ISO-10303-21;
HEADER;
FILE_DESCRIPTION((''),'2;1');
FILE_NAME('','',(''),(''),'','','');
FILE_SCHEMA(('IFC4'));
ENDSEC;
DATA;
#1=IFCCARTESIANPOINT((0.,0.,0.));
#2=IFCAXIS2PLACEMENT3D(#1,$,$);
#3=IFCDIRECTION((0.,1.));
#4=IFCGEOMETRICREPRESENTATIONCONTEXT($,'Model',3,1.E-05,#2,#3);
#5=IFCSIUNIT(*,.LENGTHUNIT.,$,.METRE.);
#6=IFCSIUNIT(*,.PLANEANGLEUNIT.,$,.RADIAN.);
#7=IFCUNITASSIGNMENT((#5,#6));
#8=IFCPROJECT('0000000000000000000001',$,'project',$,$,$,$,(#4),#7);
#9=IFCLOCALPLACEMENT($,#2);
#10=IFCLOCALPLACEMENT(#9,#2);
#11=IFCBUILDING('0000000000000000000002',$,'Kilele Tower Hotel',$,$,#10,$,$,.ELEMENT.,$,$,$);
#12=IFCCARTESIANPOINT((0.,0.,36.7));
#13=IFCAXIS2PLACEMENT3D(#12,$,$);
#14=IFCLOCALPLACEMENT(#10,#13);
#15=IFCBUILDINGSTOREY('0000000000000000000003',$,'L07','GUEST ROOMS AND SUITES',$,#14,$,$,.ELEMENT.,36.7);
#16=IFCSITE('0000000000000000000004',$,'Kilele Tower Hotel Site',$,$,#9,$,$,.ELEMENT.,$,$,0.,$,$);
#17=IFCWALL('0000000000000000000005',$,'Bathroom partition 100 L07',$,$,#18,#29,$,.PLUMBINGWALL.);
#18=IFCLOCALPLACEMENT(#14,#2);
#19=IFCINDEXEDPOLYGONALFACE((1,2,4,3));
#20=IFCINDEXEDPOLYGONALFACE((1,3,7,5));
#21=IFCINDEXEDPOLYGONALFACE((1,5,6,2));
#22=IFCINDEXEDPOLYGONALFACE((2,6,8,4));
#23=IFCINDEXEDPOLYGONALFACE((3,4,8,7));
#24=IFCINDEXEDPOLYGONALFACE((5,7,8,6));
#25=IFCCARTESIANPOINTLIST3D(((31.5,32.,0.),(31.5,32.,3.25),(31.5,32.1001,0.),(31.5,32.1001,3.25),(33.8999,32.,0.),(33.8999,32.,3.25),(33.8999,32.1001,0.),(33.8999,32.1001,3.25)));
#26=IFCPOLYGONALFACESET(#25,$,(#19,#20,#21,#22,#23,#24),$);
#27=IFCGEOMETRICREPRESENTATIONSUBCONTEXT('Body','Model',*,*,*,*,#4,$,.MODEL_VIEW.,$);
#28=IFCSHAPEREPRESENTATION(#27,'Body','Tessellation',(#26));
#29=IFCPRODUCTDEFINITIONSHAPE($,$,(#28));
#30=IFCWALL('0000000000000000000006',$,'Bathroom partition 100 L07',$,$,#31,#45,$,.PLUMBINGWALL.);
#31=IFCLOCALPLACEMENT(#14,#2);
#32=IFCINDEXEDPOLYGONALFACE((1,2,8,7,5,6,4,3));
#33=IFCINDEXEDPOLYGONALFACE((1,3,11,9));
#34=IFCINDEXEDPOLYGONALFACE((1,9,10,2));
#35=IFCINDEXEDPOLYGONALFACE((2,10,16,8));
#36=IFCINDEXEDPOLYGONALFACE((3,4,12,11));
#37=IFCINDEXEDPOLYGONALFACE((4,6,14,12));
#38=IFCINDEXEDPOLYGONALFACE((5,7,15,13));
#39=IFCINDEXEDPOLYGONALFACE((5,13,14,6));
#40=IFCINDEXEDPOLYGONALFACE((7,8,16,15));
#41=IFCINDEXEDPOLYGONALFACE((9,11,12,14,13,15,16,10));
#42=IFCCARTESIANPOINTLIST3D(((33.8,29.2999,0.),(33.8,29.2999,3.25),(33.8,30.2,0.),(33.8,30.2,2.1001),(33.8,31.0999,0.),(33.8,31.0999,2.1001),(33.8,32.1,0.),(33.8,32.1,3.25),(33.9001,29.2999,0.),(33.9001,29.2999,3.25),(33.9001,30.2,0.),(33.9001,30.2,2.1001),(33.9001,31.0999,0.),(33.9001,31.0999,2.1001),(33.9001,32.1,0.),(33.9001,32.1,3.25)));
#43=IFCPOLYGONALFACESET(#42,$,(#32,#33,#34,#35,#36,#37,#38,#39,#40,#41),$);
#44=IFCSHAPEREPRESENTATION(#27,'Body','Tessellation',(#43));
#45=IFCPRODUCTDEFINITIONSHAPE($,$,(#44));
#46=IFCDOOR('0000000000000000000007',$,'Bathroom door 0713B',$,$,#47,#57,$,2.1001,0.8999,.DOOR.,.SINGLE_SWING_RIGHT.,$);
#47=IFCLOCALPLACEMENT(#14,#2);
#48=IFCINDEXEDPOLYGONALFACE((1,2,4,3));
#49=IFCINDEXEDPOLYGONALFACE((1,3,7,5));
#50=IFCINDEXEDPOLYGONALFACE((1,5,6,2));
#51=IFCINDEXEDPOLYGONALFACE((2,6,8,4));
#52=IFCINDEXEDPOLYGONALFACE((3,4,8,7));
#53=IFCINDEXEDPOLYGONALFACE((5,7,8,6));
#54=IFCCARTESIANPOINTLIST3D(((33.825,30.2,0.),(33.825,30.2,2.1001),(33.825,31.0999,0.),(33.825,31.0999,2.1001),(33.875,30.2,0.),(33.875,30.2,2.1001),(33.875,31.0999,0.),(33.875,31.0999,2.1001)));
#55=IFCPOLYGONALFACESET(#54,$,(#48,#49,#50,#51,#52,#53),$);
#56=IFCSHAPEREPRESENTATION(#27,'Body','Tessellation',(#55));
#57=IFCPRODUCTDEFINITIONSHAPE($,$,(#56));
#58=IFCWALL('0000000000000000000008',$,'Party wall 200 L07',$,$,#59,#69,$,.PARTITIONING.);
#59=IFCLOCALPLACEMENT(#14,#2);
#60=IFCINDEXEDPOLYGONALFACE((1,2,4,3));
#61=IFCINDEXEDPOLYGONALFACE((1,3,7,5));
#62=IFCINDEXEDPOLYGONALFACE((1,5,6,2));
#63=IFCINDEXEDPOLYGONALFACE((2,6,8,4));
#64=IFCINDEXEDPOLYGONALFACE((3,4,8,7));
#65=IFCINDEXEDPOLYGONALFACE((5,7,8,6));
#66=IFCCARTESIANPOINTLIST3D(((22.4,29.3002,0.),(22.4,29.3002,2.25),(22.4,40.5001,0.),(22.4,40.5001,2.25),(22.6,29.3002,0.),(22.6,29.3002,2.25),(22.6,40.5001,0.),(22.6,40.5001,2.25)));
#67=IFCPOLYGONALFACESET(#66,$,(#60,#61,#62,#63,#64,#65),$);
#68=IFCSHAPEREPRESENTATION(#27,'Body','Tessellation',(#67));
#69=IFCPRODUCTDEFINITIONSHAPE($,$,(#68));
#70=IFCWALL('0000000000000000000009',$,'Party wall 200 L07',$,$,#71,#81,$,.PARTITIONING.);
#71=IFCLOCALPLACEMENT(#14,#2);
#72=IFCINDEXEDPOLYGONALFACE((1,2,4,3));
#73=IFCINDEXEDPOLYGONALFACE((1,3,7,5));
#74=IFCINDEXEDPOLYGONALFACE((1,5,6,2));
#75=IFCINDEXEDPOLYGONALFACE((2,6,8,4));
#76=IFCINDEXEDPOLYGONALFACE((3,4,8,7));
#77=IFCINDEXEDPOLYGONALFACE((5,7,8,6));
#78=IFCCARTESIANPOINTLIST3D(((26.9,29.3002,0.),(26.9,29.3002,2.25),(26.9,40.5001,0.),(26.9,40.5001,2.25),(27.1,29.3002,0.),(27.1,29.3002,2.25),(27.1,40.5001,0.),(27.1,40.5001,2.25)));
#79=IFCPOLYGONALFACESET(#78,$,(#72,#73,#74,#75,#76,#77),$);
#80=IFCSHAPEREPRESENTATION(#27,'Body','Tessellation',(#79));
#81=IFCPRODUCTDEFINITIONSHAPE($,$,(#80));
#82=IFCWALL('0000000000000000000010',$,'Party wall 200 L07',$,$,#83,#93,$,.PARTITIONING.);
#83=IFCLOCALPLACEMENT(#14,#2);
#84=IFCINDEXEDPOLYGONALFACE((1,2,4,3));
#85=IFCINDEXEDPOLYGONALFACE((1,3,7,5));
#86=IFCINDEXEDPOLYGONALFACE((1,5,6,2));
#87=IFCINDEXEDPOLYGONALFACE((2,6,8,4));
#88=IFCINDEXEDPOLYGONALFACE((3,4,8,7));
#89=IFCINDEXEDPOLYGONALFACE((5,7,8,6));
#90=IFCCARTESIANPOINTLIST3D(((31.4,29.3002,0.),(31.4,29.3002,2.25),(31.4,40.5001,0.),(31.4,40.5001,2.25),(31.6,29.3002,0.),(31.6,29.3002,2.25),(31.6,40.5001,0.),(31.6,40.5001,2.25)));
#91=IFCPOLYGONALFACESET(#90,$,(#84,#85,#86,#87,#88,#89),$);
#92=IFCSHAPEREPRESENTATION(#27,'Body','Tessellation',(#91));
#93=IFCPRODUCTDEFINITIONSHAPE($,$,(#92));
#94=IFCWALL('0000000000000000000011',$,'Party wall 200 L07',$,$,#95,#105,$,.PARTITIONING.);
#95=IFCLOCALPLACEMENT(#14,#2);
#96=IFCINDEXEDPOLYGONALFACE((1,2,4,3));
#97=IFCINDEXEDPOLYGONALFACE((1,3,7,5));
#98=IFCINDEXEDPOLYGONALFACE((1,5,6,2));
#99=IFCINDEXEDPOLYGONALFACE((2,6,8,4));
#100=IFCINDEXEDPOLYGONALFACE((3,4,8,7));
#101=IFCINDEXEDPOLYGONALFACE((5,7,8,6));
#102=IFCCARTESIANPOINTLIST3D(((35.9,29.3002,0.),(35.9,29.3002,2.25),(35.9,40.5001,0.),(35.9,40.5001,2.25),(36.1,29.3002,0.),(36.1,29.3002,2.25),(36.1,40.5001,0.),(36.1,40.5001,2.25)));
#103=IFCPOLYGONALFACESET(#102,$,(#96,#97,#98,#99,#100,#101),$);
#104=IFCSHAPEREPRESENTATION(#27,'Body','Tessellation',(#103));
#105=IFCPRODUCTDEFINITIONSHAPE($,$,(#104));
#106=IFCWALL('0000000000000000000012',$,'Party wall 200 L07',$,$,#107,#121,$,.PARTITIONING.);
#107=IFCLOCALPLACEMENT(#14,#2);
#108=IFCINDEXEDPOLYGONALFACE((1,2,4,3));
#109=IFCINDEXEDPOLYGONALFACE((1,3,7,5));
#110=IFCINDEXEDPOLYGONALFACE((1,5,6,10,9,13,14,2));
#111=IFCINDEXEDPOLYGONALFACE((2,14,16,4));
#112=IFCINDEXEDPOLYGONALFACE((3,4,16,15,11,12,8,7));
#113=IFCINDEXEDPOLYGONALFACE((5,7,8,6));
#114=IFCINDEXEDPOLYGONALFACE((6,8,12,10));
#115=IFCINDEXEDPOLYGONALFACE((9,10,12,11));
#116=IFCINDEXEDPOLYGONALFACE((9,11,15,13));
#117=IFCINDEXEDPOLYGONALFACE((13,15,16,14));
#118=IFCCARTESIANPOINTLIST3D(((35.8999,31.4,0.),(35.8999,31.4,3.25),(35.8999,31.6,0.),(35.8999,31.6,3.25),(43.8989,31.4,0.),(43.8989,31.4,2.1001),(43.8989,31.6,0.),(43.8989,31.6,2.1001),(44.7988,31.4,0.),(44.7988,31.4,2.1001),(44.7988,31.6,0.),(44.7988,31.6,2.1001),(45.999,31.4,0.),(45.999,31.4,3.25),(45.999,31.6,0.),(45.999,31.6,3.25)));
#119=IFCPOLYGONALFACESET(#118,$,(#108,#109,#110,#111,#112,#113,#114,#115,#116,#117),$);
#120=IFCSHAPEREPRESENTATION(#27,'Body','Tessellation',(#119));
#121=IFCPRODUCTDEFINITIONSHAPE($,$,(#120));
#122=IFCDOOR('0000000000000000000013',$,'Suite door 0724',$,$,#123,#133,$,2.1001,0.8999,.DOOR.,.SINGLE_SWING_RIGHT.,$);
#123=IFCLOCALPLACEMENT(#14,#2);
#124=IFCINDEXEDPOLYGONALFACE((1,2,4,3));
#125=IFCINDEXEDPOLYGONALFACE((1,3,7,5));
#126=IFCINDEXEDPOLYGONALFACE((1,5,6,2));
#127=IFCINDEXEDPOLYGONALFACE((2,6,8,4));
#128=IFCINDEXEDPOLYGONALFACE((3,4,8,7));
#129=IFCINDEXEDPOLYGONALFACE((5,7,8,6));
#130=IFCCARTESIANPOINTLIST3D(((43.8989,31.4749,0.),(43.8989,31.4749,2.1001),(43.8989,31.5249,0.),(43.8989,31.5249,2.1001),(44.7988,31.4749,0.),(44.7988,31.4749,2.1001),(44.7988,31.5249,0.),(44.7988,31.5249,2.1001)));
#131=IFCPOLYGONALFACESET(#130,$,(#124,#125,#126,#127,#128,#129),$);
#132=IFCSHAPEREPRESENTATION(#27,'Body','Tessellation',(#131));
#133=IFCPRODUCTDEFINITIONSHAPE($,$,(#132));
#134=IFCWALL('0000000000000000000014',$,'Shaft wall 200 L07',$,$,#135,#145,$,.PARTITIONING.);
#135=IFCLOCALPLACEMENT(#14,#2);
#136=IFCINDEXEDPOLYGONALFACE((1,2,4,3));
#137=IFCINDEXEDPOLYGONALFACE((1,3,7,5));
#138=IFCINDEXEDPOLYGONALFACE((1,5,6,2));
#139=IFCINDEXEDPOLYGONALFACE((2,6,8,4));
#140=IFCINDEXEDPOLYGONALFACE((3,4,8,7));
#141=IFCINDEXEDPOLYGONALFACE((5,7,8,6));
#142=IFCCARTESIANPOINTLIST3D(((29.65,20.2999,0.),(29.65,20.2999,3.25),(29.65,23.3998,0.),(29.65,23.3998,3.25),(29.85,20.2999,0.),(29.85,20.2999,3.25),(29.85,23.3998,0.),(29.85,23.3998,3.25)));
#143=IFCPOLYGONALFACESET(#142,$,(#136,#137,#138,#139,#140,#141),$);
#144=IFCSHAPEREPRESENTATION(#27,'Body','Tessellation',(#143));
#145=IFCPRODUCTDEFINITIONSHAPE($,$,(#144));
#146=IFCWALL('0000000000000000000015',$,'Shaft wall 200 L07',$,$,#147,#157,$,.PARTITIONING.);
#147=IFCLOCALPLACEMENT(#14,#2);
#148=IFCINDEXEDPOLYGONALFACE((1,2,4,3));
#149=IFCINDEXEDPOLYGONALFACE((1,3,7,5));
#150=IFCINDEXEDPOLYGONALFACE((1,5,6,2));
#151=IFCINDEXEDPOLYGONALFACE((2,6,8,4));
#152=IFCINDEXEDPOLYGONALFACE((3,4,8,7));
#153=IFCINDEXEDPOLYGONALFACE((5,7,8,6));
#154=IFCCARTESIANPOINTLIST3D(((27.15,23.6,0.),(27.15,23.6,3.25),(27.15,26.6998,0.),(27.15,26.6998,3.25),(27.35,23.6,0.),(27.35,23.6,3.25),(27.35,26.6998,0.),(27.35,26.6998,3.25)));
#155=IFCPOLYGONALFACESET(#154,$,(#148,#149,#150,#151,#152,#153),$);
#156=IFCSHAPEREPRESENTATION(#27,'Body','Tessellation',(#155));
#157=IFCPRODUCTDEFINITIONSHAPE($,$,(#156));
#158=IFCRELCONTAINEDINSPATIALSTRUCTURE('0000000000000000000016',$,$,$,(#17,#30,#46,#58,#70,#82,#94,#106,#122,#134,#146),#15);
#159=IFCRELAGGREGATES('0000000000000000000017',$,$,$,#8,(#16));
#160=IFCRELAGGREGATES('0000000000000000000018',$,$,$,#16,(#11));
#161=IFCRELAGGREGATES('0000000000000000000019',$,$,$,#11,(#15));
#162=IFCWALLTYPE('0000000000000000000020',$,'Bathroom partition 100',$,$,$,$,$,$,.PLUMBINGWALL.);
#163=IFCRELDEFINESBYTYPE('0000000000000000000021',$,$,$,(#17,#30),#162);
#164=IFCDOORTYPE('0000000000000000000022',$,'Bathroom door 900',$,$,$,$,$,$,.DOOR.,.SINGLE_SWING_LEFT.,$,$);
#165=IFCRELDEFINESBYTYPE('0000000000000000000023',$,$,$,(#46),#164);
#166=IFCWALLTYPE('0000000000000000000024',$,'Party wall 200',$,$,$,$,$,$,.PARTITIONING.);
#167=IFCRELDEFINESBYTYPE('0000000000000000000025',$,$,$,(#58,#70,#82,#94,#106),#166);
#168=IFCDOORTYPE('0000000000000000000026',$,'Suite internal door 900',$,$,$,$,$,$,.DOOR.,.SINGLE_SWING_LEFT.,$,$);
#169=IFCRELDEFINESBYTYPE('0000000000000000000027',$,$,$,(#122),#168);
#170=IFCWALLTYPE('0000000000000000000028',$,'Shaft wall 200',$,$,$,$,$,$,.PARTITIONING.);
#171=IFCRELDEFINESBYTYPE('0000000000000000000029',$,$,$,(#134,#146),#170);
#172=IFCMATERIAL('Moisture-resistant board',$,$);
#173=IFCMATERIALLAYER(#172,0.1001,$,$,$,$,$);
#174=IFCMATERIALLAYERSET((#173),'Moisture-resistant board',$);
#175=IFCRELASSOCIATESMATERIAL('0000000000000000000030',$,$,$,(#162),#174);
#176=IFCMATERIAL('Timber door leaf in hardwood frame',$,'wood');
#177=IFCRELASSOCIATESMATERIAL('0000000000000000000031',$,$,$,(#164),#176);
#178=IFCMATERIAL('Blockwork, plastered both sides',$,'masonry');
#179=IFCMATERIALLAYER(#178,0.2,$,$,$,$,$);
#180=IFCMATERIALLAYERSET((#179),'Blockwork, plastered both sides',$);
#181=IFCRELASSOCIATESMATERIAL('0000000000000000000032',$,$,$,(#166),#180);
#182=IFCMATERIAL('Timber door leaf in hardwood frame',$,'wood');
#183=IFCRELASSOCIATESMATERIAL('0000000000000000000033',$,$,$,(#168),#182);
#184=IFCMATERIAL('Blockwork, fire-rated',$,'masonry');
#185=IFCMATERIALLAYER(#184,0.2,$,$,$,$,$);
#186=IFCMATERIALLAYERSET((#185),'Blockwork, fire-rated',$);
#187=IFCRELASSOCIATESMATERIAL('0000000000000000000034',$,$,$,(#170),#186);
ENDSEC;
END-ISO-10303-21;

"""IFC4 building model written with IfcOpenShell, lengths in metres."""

from ifc_helpers import new_model, si_unit, direction, frame, frame_2d, origin, place, context, subcontext, project, spatial, rectangle, extrude, material, layer, layer_set, type_object, element, fill, save


model = new_model("IFC4")

# Units and contexts
model_context = context("Model", 3, precision=1e-05, world=origin(), true_north=direction((0.0, 1.0)))
body_context = subcontext(model_context, "Body", "Model", "MODEL_VIEW")
ifc_project = project(units=[si_unit("LENGTHUNIT", "METRE"), si_unit("PLANEANGLEUNIT", "RADIAN")], contexts=[model_context])

# Site, building, storey
site_placement = place(None, origin())
site = spatial("IfcSite", under=ifc_project, at=site_placement, Name="Kilele Tower Hotel Site", CompositionType="ELEMENT", RefElevation=0.0)
building_placement = place(site_placement, origin())
building = spatial("IfcBuilding", under=site, at=building_placement, Name="Kilele Tower Hotel", CompositionType="ELEMENT")
storey_placement = place(building_placement, frame((0.0, 0.0, 36.7)))
storey = spatial("IfcBuildingStorey", under=building, at=storey_placement, Name="L07", Description="GUEST ROOMS AND SUITES", CompositionType="ELEMENT", Elevation=36.7)

# Shared definitions
ifc_material_1 = material(Name="Moisture-resistant board")
ifc_layer_1 = layer(ifc_material_1, 0.1001)
ifc_layer_set_1 = layer_set([ifc_layer_1], Name="Moisture-resistant board")
wall_type_1 = type_object("IfcWallType", Name="Bathroom partition 100", PredefinedType="PLUMBINGWALL", material=ifc_layer_set_1)

# Shared definitions
ifc_material_2 = material(Name="Timber door leaf in hardwood frame", Category="wood")
door_type_1 = type_object("IfcDoorType", Name="Bathroom door 900", OperationType="SINGLE_SWING_LEFT", PredefinedType="DOOR", material=ifc_material_2)

# Wall
wall_1_placement = place(storey_placement, frame((31.5, 32.05, 0.0), z_axis=(0.0, 0.0, 1.0), x_axis=(1.0, 0.0, 0.0)))
element("IfcWall", 1, at=wall_1_placement, inside=storey, type_object=wall_type_1, Name="Bathroom partition 100 L07", PredefinedType="PLUMBINGWALL", context=body_context, shape_type="SweptSolid", body=[
    extrude(rectangle(XDim=2.3999, YDim=0.1001, at=frame_2d((1.2, 0.0))), origin(), (0.0, 0.0, 1.0), 3.25),
])

# Wall, opening, door
wall_2_placement = place(storey_placement, frame((33.8501, 29.3, 0.0), z_axis=(0.0, 0.0, 1.0), x_axis=(0.0, 1.0, 0.0)))
wall_2 = element("IfcWall", 2, at=wall_2_placement, inside=storey, type_object=wall_type_1, Name="Bathroom partition 100 L07", PredefinedType="PLUMBINGWALL", context=body_context, shape_type="SweptSolid", body=[
    extrude(rectangle(XDim=2.8, YDim=0.1001, at=frame_2d((1.3999, 0.0))), origin(), (0.0, 0.0, 1.0), 3.25),
])
opening_1_placement = place(wall_2_placement, frame((1.7998, 0.0, 0.0), z_axis=(0.0, 0.0, 1.0), x_axis=(-1.0, 0.0, 0.0)))
opening_1 = element("IfcOpeningElement", 3, at=opening_1_placement, cuts=wall_2, PredefinedType="OPENING", context=body_context, shape_type="SweptSolid", body=[
    extrude(rectangle(XDim=0.8999, YDim=2.1001, at=frame_2d((0.45, 1.05))), frame((0.0, 0.0601, 0.0), z_axis=(0.0, -1.0, 0.0), x_axis=(1.0, 0.0, 0.0)), (0.0, 0.0, 1.0), 0.1201),
])
door_1_placement = place(opening_1_placement, origin())
door_1 = element("IfcDoor", 4, at=door_1_placement, inside=storey, type_object=door_type_1, Name="Bathroom door 0713B", OperationType="SINGLE_SWING_RIGHT", OverallHeight=2.1001, OverallWidth=0.8999, PredefinedType="DOOR", context=body_context, shape_type="SweptSolid", body=[
    extrude(rectangle(XDim=0.8999, YDim=2.1001, at=frame_2d((0.45, 1.05))), frame((0.0, 0.0249, 0.0), z_axis=(0.0, -1.0, 0.0), x_axis=(1.0, 0.0, 0.0)), (0.0, 0.0, 1.0), 0.05),
])
fill(opening_1, door_1)

# Walls
ifc_material_3 = material(Name="Blockwork, plastered both sides", Category="masonry")
ifc_layer_2 = layer(ifc_material_3, 0.2)
ifc_layer_set_2 = layer_set([ifc_layer_2], Name="Blockwork, plastered both sides")
wall_type_2 = type_object("IfcWallType", Name="Party wall 200", PredefinedType="PARTITIONING", material=ifc_layer_set_2)
for number, where, z_axis, x_axis, name in (
    (5, (22.5, 29.3, 0.0), (0.0, 0.0, 1.0), (0.0, 1.0, 0.0), "Party wall 200 L07"),
    (6, (27.0, 29.3, 0.0), (0.0, 0.0, 1.0), (0.0, 1.0, 0.0), "Party wall 200 L07"),
    (7, (31.5, 29.3, 0.0), (0.0, 0.0, 1.0), (0.0, 1.0, 0.0), "Party wall 200 L07"),
    (8, (36.0, 29.3, 0.0), (0.0, 0.0, 1.0), (0.0, 1.0, 0.0), "Party wall 200 L07"),
):
    element("IfcWall", number, at=place(storey_placement, frame(where, z_axis=z_axis, x_axis=x_axis)), inside=storey, type_object=wall_type_2, Name=name, PredefinedType="PARTITIONING", context=body_context, shape_type="SweptSolid", body=[
        extrude(rectangle(XDim=11.2, YDim=0.2, at=frame_2d((5.6001, 0.0))), origin(), (0.0, 0.0, 1.0), 2.25),
    ])

# Wall, opening, door
wall_3_placement = place(storey_placement, frame((35.8999, 31.5, 0.0), z_axis=(0.0, 0.0, 1.0), x_axis=(1.0, 0.0, 0.0)))
wall_3 = element("IfcWall", 9, at=wall_3_placement, inside=storey, type_object=wall_type_2, Name="Party wall 200 L07", PredefinedType="PARTITIONING", context=body_context, shape_type="SweptSolid", body=[
    extrude(rectangle(XDim=10.0991, YDim=0.2, at=frame_2d((5.0496, 0.0))), origin(), (0.0, 0.0, 1.0), 3.25),
])
opening_2_placement = place(wall_3_placement, frame((7.999, 0.0, 0.0)))
opening_2 = element("IfcOpeningElement", 10, at=opening_2_placement, cuts=wall_3, PredefinedType="OPENING", context=body_context, shape_type="SweptSolid", body=[
    extrude(rectangle(XDim=0.8999, YDim=2.1001, at=frame_2d((0.45, 1.05))), frame((0.0, 0.1099, 0.0), z_axis=(0.0, -1.0, 0.0), x_axis=(1.0, 0.0, 0.0)), (0.0, 0.0, 1.0), 0.22),
])
ifc_material_4 = material(Name="Timber door leaf in hardwood frame", Category="wood")
door_type_2 = type_object("IfcDoorType", Name="Suite internal door 900", OperationType="SINGLE_SWING_LEFT", PredefinedType="DOOR", material=ifc_material_4)
door_2_placement = place(opening_2_placement, origin())
door_2 = element("IfcDoor", 11, at=door_2_placement, inside=storey, type_object=door_type_2, Name="Suite door 0724", OperationType="SINGLE_SWING_RIGHT", OverallHeight=2.1001, OverallWidth=0.8999, PredefinedType="DOOR", context=body_context, shape_type="SweptSolid", body=[
    extrude(rectangle(XDim=0.8999, YDim=2.1001, at=frame_2d((0.45, 1.05))), frame((0.0, 0.0249, 0.0), z_axis=(0.0, -1.0, 0.0), x_axis=(1.0, 0.0, 0.0)), (0.0, 0.0, 1.0), 0.05),
])
fill(opening_2, door_2)

# Walls
ifc_material_5 = material(Name="Blockwork, fire-rated", Category="masonry")
ifc_layer_3 = layer(ifc_material_5, 0.2)
ifc_layer_set_3 = layer_set([ifc_layer_3], Name="Blockwork, fire-rated")
wall_type_3 = type_object("IfcWallType", Name="Shaft wall 200", PredefinedType="PARTITIONING", material=ifc_layer_set_3)
for number, where, z_axis, x_axis, name in (
    (12, (29.75, 20.3, 0.0), (0.0, 0.0, 1.0), (0.0, 1.0, 0.0), "Shaft wall 200 L07"),
    (13, (27.25, 23.6001, 0.0), (0.0, 0.0, 1.0), (0.0, 1.0, 0.0), "Shaft wall 200 L07"),
):
    element("IfcWall", number, at=place(storey_placement, frame(where, z_axis=z_axis, x_axis=x_axis)), inside=storey, type_object=wall_type_3, Name=name, PredefinedType="PARTITIONING", context=body_context, shape_type="SweptSolid", body=[
        extrude(rectangle(XDim=3.0999, YDim=0.2, at=frame_2d((1.5498, 0.0))), origin(), (0.0, 0.0, 1.0), 3.25),
    ])

save(model, "model.ifc")
